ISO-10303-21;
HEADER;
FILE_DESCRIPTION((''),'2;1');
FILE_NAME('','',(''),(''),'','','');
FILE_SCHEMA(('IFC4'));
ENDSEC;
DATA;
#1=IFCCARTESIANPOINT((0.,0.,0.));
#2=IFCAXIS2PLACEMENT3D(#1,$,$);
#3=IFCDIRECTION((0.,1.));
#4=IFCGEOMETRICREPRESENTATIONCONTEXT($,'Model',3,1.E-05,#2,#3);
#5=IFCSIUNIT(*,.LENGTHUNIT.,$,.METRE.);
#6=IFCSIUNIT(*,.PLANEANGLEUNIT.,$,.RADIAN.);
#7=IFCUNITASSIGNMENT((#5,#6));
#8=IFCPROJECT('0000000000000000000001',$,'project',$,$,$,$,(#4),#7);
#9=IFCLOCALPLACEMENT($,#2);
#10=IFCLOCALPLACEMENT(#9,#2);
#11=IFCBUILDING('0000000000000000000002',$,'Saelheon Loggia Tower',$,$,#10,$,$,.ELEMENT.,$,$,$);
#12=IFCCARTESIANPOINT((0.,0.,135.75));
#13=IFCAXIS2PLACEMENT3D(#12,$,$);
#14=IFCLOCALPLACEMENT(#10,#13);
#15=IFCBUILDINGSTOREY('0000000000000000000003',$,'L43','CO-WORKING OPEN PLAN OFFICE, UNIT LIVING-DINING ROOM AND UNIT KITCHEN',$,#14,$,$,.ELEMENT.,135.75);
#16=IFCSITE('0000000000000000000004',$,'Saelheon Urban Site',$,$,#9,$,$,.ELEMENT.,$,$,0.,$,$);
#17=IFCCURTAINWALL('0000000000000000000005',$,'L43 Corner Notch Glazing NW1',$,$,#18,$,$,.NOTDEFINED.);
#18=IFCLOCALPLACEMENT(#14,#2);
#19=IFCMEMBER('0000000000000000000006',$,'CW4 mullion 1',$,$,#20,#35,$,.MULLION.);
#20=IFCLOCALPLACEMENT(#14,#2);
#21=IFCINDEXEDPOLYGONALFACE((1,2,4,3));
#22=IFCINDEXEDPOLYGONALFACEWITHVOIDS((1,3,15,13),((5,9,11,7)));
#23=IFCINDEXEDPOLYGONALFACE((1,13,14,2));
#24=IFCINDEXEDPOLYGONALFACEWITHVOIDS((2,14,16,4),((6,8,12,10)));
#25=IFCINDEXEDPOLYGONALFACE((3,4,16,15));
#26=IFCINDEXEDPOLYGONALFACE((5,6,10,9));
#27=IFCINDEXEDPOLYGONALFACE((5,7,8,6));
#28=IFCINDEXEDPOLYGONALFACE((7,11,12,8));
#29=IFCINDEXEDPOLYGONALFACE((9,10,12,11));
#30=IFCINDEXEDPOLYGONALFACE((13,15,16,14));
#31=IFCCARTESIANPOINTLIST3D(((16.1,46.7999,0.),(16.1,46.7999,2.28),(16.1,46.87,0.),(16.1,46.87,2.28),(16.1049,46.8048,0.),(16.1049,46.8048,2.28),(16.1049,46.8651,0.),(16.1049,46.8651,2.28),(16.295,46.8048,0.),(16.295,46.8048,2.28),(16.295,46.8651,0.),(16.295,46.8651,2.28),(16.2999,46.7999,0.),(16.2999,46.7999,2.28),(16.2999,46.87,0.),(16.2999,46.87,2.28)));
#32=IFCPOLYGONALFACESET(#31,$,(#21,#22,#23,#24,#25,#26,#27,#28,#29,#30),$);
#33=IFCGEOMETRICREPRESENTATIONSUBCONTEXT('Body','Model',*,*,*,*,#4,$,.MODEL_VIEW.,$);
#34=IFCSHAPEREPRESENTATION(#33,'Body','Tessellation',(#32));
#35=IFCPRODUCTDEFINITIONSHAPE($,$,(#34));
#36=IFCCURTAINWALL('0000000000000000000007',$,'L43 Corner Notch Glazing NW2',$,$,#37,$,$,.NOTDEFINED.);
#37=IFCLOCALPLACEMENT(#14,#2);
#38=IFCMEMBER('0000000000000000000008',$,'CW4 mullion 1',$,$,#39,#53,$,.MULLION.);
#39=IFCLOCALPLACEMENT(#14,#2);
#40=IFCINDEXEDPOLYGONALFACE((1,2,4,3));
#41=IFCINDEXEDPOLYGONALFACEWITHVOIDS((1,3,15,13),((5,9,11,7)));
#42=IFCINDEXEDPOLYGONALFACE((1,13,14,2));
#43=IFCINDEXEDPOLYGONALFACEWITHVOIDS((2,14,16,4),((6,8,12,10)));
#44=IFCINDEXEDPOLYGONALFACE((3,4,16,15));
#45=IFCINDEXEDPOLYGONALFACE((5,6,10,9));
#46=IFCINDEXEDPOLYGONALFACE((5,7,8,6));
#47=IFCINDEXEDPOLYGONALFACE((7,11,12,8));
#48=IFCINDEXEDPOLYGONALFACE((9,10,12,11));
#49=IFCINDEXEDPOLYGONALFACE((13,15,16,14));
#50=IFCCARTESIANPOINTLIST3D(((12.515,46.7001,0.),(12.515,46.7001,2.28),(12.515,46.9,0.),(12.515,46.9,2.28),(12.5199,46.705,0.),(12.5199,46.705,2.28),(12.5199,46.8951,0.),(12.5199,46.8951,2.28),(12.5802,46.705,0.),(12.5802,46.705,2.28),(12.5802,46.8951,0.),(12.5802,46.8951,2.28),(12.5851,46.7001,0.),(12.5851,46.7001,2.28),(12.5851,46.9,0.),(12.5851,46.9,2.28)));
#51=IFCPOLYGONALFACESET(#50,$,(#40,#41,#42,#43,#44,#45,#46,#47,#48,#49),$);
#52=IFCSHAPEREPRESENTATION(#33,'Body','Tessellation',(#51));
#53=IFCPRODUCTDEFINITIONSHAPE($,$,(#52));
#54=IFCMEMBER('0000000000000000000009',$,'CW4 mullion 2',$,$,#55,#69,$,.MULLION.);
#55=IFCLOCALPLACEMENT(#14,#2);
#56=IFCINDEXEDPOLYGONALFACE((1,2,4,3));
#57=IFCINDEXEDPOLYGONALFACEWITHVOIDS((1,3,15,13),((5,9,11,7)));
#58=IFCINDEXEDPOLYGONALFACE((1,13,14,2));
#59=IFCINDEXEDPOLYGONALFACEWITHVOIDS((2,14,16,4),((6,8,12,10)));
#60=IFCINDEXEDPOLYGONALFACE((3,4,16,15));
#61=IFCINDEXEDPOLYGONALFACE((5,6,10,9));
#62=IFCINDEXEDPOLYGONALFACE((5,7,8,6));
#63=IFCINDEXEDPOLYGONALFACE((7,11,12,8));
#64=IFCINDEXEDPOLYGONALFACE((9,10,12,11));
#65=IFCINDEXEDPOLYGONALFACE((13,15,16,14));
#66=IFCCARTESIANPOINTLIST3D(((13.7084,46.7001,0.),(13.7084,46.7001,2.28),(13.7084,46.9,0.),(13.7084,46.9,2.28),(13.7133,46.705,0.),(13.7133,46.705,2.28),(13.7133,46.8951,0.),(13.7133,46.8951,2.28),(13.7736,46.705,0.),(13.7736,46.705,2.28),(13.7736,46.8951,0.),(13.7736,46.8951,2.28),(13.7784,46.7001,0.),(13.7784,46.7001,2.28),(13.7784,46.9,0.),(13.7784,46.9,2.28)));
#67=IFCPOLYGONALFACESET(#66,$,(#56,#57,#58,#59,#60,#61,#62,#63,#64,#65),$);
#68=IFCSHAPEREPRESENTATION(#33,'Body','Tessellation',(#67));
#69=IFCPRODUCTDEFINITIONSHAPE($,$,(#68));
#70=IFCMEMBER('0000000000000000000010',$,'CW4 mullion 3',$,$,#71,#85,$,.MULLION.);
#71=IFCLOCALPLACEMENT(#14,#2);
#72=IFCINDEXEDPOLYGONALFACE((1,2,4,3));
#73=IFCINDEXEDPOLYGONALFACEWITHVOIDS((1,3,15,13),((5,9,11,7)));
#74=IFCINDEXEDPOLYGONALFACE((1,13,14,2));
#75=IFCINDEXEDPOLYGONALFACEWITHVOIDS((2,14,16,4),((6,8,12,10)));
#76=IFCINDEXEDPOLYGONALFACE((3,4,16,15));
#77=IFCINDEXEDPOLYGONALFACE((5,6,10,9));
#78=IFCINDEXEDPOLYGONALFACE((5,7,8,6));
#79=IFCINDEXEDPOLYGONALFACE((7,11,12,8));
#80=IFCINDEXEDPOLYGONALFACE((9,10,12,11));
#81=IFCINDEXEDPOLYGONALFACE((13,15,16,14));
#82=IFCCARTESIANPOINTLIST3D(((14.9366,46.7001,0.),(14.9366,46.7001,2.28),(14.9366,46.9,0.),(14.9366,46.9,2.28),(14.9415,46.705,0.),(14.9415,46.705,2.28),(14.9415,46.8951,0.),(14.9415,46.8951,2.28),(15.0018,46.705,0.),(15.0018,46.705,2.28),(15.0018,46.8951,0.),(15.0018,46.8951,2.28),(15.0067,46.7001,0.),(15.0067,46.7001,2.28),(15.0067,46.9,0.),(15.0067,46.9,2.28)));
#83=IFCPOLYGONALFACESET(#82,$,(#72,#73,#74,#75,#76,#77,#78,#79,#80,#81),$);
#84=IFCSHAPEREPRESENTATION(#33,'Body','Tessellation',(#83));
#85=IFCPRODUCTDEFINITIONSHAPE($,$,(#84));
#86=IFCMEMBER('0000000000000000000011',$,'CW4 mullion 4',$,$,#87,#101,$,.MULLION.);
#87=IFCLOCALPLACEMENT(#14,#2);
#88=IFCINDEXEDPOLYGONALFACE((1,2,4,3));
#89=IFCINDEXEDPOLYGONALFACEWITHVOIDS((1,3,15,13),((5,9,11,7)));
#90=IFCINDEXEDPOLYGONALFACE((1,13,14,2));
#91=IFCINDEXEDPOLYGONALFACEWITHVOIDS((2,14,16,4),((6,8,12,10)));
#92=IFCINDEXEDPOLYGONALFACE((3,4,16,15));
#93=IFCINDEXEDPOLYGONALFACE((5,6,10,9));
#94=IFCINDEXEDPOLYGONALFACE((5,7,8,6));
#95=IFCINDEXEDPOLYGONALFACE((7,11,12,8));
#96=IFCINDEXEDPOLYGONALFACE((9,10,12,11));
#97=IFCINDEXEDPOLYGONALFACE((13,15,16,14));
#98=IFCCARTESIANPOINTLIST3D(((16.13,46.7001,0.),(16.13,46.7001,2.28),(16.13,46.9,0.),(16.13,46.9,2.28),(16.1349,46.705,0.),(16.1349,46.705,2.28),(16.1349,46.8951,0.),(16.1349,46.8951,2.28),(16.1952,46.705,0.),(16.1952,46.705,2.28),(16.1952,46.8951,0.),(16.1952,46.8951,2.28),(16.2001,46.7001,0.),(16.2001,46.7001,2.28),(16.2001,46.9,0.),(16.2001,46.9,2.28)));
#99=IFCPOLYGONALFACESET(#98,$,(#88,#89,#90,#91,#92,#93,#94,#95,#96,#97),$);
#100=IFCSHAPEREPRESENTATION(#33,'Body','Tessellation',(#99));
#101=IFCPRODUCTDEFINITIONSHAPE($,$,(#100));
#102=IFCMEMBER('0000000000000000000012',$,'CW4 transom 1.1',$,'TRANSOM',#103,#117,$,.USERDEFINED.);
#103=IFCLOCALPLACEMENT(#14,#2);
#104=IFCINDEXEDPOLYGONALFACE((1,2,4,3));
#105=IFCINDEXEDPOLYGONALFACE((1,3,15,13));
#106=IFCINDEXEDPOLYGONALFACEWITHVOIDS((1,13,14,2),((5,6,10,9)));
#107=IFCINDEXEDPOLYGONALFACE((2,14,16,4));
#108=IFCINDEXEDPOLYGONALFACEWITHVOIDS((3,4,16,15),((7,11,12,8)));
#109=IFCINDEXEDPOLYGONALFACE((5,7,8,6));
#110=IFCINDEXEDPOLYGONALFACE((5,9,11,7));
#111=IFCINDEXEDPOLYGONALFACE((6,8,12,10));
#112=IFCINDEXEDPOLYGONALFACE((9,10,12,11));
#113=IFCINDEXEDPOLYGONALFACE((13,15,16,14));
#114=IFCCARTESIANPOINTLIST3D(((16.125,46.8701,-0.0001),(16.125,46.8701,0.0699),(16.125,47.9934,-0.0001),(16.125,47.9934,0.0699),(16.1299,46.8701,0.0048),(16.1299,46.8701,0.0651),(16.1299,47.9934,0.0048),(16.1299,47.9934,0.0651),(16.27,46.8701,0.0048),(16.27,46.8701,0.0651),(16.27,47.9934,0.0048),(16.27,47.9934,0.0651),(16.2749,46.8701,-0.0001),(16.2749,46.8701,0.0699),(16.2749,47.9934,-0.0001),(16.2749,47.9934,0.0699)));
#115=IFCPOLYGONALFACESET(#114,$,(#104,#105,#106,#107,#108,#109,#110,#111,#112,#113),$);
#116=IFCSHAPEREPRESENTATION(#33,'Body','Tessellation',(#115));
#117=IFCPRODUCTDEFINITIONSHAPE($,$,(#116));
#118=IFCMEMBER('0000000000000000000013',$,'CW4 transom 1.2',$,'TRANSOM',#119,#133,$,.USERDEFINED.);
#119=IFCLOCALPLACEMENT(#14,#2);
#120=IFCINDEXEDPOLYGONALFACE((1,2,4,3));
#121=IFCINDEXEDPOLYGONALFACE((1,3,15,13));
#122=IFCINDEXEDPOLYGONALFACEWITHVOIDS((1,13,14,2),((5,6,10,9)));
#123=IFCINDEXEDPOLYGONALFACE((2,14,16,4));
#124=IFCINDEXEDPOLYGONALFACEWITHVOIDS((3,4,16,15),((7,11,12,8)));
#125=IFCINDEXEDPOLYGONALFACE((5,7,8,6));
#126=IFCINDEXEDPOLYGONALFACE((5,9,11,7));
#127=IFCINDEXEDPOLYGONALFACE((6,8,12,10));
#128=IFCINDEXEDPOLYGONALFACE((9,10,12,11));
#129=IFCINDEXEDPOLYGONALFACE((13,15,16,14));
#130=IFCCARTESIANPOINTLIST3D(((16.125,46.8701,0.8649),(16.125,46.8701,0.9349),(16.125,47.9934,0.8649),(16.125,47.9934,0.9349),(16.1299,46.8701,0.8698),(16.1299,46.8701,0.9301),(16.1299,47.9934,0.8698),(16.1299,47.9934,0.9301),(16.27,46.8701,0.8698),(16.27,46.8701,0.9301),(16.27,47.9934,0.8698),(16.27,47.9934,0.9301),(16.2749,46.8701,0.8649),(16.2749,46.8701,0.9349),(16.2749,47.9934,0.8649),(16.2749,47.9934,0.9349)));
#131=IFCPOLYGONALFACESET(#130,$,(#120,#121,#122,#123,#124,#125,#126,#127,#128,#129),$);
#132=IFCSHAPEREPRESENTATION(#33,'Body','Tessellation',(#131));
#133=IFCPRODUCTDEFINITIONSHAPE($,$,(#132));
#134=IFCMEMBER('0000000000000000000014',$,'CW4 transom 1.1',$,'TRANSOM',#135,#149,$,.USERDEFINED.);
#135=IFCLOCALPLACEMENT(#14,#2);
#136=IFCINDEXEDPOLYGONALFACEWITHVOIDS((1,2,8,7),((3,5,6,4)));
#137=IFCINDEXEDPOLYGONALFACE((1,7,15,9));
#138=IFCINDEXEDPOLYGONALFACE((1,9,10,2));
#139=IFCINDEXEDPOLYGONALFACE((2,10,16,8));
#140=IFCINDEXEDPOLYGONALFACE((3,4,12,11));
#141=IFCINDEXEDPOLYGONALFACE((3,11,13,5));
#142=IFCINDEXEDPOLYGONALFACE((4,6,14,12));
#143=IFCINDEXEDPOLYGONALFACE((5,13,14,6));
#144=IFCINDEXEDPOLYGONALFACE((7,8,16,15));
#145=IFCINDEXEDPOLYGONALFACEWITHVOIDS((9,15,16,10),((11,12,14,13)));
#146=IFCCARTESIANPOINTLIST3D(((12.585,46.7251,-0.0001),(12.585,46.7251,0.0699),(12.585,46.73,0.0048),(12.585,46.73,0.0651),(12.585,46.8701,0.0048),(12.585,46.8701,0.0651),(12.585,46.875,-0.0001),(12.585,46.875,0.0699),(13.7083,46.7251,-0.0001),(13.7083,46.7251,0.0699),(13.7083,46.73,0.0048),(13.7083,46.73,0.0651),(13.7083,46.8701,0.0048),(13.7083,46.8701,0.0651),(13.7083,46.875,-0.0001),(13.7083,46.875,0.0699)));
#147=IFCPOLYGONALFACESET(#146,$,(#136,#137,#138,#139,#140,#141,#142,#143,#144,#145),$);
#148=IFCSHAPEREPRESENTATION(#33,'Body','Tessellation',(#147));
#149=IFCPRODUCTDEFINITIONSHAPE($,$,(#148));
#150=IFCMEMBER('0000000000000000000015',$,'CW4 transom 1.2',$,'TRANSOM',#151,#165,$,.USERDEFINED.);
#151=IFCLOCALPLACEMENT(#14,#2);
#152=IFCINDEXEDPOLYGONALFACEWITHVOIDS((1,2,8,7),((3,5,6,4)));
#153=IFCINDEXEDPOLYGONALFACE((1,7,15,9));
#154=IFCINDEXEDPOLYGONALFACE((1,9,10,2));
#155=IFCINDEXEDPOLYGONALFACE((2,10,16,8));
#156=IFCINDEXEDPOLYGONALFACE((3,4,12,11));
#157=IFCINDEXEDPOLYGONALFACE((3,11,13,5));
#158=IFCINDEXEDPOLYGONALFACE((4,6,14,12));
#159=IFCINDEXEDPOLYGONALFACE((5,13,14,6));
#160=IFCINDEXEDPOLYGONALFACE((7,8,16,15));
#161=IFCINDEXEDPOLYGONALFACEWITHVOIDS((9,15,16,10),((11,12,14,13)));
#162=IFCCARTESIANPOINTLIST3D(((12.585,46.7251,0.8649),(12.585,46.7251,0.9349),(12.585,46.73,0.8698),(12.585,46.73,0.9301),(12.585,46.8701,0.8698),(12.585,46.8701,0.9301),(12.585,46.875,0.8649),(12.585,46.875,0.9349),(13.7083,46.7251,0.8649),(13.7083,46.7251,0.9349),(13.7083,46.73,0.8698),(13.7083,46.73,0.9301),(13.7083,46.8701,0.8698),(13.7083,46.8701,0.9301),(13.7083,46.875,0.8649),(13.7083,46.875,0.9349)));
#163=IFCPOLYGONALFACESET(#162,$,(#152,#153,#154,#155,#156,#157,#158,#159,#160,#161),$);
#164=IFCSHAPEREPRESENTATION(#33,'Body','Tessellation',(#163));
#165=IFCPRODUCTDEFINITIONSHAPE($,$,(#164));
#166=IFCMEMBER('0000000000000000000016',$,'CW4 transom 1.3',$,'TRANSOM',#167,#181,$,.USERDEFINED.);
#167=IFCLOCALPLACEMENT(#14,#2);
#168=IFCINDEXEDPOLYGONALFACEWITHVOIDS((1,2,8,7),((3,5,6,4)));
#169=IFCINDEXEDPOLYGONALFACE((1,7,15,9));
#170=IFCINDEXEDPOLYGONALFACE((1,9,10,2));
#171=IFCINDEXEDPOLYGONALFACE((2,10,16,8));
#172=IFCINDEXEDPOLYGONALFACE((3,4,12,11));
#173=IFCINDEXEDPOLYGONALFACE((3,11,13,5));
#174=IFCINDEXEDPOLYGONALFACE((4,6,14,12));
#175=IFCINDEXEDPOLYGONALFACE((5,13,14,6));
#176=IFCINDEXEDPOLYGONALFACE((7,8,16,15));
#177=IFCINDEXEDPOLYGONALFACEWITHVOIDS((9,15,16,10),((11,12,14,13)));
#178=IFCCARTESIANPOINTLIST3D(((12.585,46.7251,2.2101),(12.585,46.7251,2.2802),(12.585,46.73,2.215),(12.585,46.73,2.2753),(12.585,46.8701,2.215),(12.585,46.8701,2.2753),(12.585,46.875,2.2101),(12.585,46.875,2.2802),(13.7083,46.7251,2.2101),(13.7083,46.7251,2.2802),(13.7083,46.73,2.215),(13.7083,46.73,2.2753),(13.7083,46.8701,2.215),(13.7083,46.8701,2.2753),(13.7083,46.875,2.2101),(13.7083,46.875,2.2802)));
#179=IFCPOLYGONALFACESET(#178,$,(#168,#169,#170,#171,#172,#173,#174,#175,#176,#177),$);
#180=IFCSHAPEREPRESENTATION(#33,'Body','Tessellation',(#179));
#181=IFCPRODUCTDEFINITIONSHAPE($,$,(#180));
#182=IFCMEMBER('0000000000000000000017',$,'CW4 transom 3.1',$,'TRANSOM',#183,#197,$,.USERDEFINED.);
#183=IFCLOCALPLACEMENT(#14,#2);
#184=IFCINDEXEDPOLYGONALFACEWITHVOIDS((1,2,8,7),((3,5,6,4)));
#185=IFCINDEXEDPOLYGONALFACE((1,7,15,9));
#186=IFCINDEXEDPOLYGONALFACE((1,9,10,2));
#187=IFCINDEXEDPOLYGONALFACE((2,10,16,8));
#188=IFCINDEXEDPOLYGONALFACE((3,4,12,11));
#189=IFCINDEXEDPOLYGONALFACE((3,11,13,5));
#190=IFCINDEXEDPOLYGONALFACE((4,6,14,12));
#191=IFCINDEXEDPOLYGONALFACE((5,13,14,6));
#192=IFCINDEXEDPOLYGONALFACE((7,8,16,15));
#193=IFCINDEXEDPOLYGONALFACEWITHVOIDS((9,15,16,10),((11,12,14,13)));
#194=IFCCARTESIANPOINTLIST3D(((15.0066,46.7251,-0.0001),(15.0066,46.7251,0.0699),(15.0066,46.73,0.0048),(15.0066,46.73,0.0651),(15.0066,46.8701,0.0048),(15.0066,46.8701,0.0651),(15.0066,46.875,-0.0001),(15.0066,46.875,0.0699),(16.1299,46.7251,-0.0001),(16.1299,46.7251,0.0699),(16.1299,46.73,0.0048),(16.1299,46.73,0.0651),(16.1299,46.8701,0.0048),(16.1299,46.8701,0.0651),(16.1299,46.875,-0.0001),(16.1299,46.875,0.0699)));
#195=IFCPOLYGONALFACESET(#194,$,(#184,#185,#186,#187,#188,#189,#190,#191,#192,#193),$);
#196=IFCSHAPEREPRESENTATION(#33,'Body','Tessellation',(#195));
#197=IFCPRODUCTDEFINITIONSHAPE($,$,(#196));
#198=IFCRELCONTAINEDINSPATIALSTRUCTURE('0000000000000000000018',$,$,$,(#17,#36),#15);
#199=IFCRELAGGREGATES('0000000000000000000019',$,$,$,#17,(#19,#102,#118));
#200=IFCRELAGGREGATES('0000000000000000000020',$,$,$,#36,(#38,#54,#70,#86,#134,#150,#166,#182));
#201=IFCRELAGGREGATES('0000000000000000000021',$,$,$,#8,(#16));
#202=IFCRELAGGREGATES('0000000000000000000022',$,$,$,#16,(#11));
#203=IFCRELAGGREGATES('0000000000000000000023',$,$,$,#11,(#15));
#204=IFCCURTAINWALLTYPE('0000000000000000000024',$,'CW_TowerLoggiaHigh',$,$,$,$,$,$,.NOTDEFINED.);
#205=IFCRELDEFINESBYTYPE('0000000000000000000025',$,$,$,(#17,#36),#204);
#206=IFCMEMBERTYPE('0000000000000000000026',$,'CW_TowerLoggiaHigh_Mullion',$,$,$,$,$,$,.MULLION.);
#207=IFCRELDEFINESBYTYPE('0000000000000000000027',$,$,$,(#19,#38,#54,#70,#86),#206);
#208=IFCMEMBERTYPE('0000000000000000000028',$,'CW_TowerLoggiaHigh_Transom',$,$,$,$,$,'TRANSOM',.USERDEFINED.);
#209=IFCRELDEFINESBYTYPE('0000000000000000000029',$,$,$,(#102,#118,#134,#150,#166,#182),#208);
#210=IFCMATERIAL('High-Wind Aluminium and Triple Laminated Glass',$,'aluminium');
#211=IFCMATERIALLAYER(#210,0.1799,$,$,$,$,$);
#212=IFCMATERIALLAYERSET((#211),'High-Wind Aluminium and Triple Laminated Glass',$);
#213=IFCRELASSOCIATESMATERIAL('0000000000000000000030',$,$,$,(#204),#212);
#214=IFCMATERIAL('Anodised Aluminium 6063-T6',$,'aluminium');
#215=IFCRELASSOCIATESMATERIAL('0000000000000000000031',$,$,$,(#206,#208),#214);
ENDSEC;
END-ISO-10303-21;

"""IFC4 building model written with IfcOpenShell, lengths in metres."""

from ifc_helpers import new_model, si_unit, direction, frame, origin, origin_2d, place, context, subcontext, project, spatial, hollow_rectangle, extrude, source, transform, mapped, material, layer, layer_set, material_profile, profile_set, type_object, element, aggregate, save


model = new_model("IFC4")

# Units and contexts
model_context = context("Model", 3, precision=1e-05, world=origin(), true_north=direction((0.0, 1.0)))
body_context = subcontext(model_context, "Body", "Model", "MODEL_VIEW")
ifc_project = project(units=[si_unit("LENGTHUNIT", "METRE"), si_unit("PLANEANGLEUNIT", "RADIAN")], contexts=[model_context])

# Site, building, storey
site_placement = place(None, origin())
site = spatial("IfcSite", under=ifc_project, at=site_placement, Name="Saelheon Urban Site", CompositionType="ELEMENT", RefElevation=0.0)
building_placement = place(site_placement, origin())
building = spatial("IfcBuilding", under=site, at=building_placement, Name="Saelheon Loggia Tower", CompositionType="ELEMENT")
storey_placement = place(building_placement, frame((0.0, 0.0, 135.75)))
storey = spatial("IfcBuildingStorey", under=building, at=storey_placement, Name="L43", Description="CO-WORKING OPEN PLAN OFFICE, UNIT LIVING-DINING ROOM AND UNIT KITCHEN", CompositionType="ELEMENT", Elevation=135.75)

# Curtain wall, member
ifc_material_1 = material(Name="High-Wind Aluminium and Triple Laminated Glass", Category="aluminium")
ifc_layer_1 = layer(ifc_material_1, 0.1799)
ifc_layer_set_1 = layer_set([ifc_layer_1], Name="High-Wind Aluminium and Triple Laminated Glass")
curtain_wall_type = type_object("IfcCurtainWallType", Name="CW_TowerLoggiaHigh", PredefinedType="NOTDEFINED", material=ifc_layer_set_1)
curtain_wall_1_placement = place(storey_placement, origin())
curtain_wall_1 = element("IfcCurtainWall", 1, at=curtain_wall_1_placement, inside=storey, type_object=curtain_wall_type, Name="L43 Corner Notch Glazing NW1", PredefinedType="NOTDEFINED")
ifc_material_2 = material(Name="Anodised Aluminium 6063-T6", Category="aluminium")
ifc_material_profile_1 = material_profile(ifc_material_2, hollow_rectangle(XDim=0.0701, YDim=0.2, WallThickness=0.0049, at=origin_2d()), Name="RHS-200x70x5")
ifc_profile_set_1 = profile_set([ifc_material_profile_1], Name="Anodised Aluminium 6063-T6")
member_type_1 = type_object("IfcMemberType", Name="CW_TowerLoggiaHigh_Mullion", PredefinedType="MULLION", material=ifc_profile_set_1)
shared_shape_1 = source(origin(), body_context, "Body", "SweptSolid", [
    extrude(hollow_rectangle(XDim=0.0701, YDim=0.2, WallThickness=0.0049, at=origin_2d()), origin(), (0.0, 0.0, 1.0), 2.28),
])
member_1_placement = place(storey_placement, frame((16.2, 46.835, 0.0), z_axis=(0.0, 0.0, 1.0), x_axis=(0.0, 1.0, 0.0)))
member_1 = element("IfcMember", 2, at=member_1_placement, type_object=member_type_1, Name="CW4 mullion 1", PredefinedType="MULLION", context=body_context, shape_type="MappedRepresentation", body=[
    mapped(shared_shape_1, transform((0.0, 0.0, 0.0), scale=1.0)),
])

# Curtain wall, members
curtain_wall_2_placement = place(storey_placement, origin())
curtain_wall_2 = element("IfcCurtainWall", 3, at=curtain_wall_2_placement, inside=storey, type_object=curtain_wall_type, Name="L43 Corner Notch Glazing NW2", PredefinedType="NOTDEFINED")
member_2_placement = place(storey_placement, frame((12.55, 46.8, 0.0), z_axis=(0.0, 0.0, 1.0), x_axis=(1.0, 0.0, 0.0)))
member_2 = element("IfcMember", 4, at=member_2_placement, type_object=member_type_1, Name="CW4 mullion 1", PredefinedType="MULLION", context=body_context, shape_type="MappedRepresentation", body=[
    mapped(shared_shape_1, transform((0.0, 0.0, 0.0), scale=1.0)),
])
member_3_placement = place(storey_placement, frame((13.7434, 46.8, 0.0), z_axis=(0.0, 0.0, 1.0), x_axis=(1.0, 0.0, 0.0)))
member_3 = element("IfcMember", 5, at=member_3_placement, type_object=member_type_1, Name="CW4 mullion 2", PredefinedType="MULLION", context=body_context, shape_type="MappedRepresentation", body=[
    mapped(shared_shape_1, transform((0.0, 0.0, 0.0), scale=1.0)),
])
member_4_placement = place(storey_placement, frame((14.9717, 46.8, 0.0), z_axis=(0.0, 0.0, 1.0), x_axis=(1.0, 0.0, 0.0)))
member_4 = element("IfcMember", 6, at=member_4_placement, type_object=member_type_1, Name="CW4 mullion 3", PredefinedType="MULLION", context=body_context, shape_type="MappedRepresentation", body=[
    mapped(shared_shape_1, transform((0.0, 0.0, 0.0), scale=1.0)),
])
member_5_placement = place(storey_placement, frame((16.165, 46.8, 0.0), z_axis=(0.0, 0.0, 1.0), x_axis=(1.0, 0.0, 0.0)))
member_5 = element("IfcMember", 7, at=member_5_placement, type_object=member_type_1, Name="CW4 mullion 4", PredefinedType="MULLION", context=body_context, shape_type="MappedRepresentation", body=[
    mapped(shared_shape_1, transform((0.0, 0.0, 0.0), scale=1.0)),
])

# Members
ifc_material_profile_2 = material_profile(ifc_material_2, hollow_rectangle(XDim=0.0701, YDim=0.1499, WallThickness=0.0049, at=origin_2d()), Name="RHS-150x70x5")
ifc_profile_set_2 = profile_set([ifc_material_profile_2], Name="Anodised Aluminium 6063-T6")
member_type_2 = type_object("IfcMemberType", Name="CW_TowerLoggiaHigh_Transom", ElementType="TRANSOM", PredefinedType="USERDEFINED", material=ifc_profile_set_2)
shared_shape_2 = source(origin(), body_context, "Body", "SweptSolid", [
    extrude(hollow_rectangle(XDim=0.0701, YDim=0.1499, WallThickness=0.0049, at=origin_2d()), origin(), (0.0, 0.0, 1.0), 1.1233),
])
member_6_placement = place(storey_placement, frame((16.2, 46.8701, 0.0349), z_axis=(0.0, 1.0, 0.0), x_axis=(0.0, 0.0, 1.0)))
member_6 = element("IfcMember", 8, at=member_6_placement, type_object=member_type_2, Name="CW4 transom 1.1", ObjectType="TRANSOM", PredefinedType="USERDEFINED", context=body_context, shape_type="MappedRepresentation", body=[
    mapped(shared_shape_2, transform((0.0, 0.0, 0.0), scale=1.0)),
])
member_7_placement = place(storey_placement, frame((16.2, 46.8701, 0.8999), z_axis=(0.0, 1.0, 0.0), x_axis=(0.0, 0.0, 1.0)))
member_7 = element("IfcMember", 9, at=member_7_placement, type_object=member_type_2, Name="CW4 transom 1.2", ObjectType="TRANSOM", PredefinedType="USERDEFINED", context=body_context, shape_type="MappedRepresentation", body=[
    mapped(shared_shape_2, transform((0.0, 0.0, 0.0), scale=1.0)),
])
aggregate(curtain_wall_1, [member_1, member_6, member_7])
member_8_placement = place(storey_placement, frame((12.585, 46.8, 0.0349), z_axis=(1.0, 0.0, 0.0), x_axis=(0.0, 0.0, 1.0)))
member_8 = element("IfcMember", 10, at=member_8_placement, type_object=member_type_2, Name="CW4 transom 1.1", ObjectType="TRANSOM", PredefinedType="USERDEFINED", context=body_context, shape_type="MappedRepresentation", body=[
    mapped(shared_shape_2, transform((0.0, 0.0, 0.0), scale=1.0)),
])
member_9_placement = place(storey_placement, frame((12.585, 46.8, 0.8999), z_axis=(1.0, 0.0, 0.0), x_axis=(0.0, 0.0, 1.0)))
member_9 = element("IfcMember", 11, at=member_9_placement, type_object=member_type_2, Name="CW4 transom 1.2", ObjectType="TRANSOM", PredefinedType="USERDEFINED", context=body_context, shape_type="MappedRepresentation", body=[
    mapped(shared_shape_2, transform((0.0, 0.0, 0.0), scale=1.0)),
])
member_10_placement = place(storey_placement, frame((12.585, 46.8, 2.2451), z_axis=(1.0, 0.0, 0.0), x_axis=(0.0, 0.0, 1.0)))
member_10 = element("IfcMember", 12, at=member_10_placement, type_object=member_type_2, Name="CW4 transom 1.3", ObjectType="TRANSOM", PredefinedType="USERDEFINED", context=body_context, shape_type="MappedRepresentation", body=[
    mapped(shared_shape_2, transform((0.0, 0.0, 0.0), scale=1.0)),
])
member_11_placement = place(storey_placement, frame((15.0066, 46.8, 0.0349), z_axis=(1.0, 0.0, 0.0), x_axis=(0.0, 0.0, 1.0)))
member_11 = element("IfcMember", 13, at=member_11_placement, type_object=member_type_2, Name="CW4 transom 3.1", ObjectType="TRANSOM", PredefinedType="USERDEFINED", context=body_context, shape_type="MappedRepresentation", body=[
    mapped(shared_shape_2, transform((0.0, 0.0, 0.0), scale=1.0)),
])

aggregate(curtain_wall_2, [member_2, member_3, member_4, member_5, member_8, member_9, member_10, member_11])

save(model, "model.ifc")
